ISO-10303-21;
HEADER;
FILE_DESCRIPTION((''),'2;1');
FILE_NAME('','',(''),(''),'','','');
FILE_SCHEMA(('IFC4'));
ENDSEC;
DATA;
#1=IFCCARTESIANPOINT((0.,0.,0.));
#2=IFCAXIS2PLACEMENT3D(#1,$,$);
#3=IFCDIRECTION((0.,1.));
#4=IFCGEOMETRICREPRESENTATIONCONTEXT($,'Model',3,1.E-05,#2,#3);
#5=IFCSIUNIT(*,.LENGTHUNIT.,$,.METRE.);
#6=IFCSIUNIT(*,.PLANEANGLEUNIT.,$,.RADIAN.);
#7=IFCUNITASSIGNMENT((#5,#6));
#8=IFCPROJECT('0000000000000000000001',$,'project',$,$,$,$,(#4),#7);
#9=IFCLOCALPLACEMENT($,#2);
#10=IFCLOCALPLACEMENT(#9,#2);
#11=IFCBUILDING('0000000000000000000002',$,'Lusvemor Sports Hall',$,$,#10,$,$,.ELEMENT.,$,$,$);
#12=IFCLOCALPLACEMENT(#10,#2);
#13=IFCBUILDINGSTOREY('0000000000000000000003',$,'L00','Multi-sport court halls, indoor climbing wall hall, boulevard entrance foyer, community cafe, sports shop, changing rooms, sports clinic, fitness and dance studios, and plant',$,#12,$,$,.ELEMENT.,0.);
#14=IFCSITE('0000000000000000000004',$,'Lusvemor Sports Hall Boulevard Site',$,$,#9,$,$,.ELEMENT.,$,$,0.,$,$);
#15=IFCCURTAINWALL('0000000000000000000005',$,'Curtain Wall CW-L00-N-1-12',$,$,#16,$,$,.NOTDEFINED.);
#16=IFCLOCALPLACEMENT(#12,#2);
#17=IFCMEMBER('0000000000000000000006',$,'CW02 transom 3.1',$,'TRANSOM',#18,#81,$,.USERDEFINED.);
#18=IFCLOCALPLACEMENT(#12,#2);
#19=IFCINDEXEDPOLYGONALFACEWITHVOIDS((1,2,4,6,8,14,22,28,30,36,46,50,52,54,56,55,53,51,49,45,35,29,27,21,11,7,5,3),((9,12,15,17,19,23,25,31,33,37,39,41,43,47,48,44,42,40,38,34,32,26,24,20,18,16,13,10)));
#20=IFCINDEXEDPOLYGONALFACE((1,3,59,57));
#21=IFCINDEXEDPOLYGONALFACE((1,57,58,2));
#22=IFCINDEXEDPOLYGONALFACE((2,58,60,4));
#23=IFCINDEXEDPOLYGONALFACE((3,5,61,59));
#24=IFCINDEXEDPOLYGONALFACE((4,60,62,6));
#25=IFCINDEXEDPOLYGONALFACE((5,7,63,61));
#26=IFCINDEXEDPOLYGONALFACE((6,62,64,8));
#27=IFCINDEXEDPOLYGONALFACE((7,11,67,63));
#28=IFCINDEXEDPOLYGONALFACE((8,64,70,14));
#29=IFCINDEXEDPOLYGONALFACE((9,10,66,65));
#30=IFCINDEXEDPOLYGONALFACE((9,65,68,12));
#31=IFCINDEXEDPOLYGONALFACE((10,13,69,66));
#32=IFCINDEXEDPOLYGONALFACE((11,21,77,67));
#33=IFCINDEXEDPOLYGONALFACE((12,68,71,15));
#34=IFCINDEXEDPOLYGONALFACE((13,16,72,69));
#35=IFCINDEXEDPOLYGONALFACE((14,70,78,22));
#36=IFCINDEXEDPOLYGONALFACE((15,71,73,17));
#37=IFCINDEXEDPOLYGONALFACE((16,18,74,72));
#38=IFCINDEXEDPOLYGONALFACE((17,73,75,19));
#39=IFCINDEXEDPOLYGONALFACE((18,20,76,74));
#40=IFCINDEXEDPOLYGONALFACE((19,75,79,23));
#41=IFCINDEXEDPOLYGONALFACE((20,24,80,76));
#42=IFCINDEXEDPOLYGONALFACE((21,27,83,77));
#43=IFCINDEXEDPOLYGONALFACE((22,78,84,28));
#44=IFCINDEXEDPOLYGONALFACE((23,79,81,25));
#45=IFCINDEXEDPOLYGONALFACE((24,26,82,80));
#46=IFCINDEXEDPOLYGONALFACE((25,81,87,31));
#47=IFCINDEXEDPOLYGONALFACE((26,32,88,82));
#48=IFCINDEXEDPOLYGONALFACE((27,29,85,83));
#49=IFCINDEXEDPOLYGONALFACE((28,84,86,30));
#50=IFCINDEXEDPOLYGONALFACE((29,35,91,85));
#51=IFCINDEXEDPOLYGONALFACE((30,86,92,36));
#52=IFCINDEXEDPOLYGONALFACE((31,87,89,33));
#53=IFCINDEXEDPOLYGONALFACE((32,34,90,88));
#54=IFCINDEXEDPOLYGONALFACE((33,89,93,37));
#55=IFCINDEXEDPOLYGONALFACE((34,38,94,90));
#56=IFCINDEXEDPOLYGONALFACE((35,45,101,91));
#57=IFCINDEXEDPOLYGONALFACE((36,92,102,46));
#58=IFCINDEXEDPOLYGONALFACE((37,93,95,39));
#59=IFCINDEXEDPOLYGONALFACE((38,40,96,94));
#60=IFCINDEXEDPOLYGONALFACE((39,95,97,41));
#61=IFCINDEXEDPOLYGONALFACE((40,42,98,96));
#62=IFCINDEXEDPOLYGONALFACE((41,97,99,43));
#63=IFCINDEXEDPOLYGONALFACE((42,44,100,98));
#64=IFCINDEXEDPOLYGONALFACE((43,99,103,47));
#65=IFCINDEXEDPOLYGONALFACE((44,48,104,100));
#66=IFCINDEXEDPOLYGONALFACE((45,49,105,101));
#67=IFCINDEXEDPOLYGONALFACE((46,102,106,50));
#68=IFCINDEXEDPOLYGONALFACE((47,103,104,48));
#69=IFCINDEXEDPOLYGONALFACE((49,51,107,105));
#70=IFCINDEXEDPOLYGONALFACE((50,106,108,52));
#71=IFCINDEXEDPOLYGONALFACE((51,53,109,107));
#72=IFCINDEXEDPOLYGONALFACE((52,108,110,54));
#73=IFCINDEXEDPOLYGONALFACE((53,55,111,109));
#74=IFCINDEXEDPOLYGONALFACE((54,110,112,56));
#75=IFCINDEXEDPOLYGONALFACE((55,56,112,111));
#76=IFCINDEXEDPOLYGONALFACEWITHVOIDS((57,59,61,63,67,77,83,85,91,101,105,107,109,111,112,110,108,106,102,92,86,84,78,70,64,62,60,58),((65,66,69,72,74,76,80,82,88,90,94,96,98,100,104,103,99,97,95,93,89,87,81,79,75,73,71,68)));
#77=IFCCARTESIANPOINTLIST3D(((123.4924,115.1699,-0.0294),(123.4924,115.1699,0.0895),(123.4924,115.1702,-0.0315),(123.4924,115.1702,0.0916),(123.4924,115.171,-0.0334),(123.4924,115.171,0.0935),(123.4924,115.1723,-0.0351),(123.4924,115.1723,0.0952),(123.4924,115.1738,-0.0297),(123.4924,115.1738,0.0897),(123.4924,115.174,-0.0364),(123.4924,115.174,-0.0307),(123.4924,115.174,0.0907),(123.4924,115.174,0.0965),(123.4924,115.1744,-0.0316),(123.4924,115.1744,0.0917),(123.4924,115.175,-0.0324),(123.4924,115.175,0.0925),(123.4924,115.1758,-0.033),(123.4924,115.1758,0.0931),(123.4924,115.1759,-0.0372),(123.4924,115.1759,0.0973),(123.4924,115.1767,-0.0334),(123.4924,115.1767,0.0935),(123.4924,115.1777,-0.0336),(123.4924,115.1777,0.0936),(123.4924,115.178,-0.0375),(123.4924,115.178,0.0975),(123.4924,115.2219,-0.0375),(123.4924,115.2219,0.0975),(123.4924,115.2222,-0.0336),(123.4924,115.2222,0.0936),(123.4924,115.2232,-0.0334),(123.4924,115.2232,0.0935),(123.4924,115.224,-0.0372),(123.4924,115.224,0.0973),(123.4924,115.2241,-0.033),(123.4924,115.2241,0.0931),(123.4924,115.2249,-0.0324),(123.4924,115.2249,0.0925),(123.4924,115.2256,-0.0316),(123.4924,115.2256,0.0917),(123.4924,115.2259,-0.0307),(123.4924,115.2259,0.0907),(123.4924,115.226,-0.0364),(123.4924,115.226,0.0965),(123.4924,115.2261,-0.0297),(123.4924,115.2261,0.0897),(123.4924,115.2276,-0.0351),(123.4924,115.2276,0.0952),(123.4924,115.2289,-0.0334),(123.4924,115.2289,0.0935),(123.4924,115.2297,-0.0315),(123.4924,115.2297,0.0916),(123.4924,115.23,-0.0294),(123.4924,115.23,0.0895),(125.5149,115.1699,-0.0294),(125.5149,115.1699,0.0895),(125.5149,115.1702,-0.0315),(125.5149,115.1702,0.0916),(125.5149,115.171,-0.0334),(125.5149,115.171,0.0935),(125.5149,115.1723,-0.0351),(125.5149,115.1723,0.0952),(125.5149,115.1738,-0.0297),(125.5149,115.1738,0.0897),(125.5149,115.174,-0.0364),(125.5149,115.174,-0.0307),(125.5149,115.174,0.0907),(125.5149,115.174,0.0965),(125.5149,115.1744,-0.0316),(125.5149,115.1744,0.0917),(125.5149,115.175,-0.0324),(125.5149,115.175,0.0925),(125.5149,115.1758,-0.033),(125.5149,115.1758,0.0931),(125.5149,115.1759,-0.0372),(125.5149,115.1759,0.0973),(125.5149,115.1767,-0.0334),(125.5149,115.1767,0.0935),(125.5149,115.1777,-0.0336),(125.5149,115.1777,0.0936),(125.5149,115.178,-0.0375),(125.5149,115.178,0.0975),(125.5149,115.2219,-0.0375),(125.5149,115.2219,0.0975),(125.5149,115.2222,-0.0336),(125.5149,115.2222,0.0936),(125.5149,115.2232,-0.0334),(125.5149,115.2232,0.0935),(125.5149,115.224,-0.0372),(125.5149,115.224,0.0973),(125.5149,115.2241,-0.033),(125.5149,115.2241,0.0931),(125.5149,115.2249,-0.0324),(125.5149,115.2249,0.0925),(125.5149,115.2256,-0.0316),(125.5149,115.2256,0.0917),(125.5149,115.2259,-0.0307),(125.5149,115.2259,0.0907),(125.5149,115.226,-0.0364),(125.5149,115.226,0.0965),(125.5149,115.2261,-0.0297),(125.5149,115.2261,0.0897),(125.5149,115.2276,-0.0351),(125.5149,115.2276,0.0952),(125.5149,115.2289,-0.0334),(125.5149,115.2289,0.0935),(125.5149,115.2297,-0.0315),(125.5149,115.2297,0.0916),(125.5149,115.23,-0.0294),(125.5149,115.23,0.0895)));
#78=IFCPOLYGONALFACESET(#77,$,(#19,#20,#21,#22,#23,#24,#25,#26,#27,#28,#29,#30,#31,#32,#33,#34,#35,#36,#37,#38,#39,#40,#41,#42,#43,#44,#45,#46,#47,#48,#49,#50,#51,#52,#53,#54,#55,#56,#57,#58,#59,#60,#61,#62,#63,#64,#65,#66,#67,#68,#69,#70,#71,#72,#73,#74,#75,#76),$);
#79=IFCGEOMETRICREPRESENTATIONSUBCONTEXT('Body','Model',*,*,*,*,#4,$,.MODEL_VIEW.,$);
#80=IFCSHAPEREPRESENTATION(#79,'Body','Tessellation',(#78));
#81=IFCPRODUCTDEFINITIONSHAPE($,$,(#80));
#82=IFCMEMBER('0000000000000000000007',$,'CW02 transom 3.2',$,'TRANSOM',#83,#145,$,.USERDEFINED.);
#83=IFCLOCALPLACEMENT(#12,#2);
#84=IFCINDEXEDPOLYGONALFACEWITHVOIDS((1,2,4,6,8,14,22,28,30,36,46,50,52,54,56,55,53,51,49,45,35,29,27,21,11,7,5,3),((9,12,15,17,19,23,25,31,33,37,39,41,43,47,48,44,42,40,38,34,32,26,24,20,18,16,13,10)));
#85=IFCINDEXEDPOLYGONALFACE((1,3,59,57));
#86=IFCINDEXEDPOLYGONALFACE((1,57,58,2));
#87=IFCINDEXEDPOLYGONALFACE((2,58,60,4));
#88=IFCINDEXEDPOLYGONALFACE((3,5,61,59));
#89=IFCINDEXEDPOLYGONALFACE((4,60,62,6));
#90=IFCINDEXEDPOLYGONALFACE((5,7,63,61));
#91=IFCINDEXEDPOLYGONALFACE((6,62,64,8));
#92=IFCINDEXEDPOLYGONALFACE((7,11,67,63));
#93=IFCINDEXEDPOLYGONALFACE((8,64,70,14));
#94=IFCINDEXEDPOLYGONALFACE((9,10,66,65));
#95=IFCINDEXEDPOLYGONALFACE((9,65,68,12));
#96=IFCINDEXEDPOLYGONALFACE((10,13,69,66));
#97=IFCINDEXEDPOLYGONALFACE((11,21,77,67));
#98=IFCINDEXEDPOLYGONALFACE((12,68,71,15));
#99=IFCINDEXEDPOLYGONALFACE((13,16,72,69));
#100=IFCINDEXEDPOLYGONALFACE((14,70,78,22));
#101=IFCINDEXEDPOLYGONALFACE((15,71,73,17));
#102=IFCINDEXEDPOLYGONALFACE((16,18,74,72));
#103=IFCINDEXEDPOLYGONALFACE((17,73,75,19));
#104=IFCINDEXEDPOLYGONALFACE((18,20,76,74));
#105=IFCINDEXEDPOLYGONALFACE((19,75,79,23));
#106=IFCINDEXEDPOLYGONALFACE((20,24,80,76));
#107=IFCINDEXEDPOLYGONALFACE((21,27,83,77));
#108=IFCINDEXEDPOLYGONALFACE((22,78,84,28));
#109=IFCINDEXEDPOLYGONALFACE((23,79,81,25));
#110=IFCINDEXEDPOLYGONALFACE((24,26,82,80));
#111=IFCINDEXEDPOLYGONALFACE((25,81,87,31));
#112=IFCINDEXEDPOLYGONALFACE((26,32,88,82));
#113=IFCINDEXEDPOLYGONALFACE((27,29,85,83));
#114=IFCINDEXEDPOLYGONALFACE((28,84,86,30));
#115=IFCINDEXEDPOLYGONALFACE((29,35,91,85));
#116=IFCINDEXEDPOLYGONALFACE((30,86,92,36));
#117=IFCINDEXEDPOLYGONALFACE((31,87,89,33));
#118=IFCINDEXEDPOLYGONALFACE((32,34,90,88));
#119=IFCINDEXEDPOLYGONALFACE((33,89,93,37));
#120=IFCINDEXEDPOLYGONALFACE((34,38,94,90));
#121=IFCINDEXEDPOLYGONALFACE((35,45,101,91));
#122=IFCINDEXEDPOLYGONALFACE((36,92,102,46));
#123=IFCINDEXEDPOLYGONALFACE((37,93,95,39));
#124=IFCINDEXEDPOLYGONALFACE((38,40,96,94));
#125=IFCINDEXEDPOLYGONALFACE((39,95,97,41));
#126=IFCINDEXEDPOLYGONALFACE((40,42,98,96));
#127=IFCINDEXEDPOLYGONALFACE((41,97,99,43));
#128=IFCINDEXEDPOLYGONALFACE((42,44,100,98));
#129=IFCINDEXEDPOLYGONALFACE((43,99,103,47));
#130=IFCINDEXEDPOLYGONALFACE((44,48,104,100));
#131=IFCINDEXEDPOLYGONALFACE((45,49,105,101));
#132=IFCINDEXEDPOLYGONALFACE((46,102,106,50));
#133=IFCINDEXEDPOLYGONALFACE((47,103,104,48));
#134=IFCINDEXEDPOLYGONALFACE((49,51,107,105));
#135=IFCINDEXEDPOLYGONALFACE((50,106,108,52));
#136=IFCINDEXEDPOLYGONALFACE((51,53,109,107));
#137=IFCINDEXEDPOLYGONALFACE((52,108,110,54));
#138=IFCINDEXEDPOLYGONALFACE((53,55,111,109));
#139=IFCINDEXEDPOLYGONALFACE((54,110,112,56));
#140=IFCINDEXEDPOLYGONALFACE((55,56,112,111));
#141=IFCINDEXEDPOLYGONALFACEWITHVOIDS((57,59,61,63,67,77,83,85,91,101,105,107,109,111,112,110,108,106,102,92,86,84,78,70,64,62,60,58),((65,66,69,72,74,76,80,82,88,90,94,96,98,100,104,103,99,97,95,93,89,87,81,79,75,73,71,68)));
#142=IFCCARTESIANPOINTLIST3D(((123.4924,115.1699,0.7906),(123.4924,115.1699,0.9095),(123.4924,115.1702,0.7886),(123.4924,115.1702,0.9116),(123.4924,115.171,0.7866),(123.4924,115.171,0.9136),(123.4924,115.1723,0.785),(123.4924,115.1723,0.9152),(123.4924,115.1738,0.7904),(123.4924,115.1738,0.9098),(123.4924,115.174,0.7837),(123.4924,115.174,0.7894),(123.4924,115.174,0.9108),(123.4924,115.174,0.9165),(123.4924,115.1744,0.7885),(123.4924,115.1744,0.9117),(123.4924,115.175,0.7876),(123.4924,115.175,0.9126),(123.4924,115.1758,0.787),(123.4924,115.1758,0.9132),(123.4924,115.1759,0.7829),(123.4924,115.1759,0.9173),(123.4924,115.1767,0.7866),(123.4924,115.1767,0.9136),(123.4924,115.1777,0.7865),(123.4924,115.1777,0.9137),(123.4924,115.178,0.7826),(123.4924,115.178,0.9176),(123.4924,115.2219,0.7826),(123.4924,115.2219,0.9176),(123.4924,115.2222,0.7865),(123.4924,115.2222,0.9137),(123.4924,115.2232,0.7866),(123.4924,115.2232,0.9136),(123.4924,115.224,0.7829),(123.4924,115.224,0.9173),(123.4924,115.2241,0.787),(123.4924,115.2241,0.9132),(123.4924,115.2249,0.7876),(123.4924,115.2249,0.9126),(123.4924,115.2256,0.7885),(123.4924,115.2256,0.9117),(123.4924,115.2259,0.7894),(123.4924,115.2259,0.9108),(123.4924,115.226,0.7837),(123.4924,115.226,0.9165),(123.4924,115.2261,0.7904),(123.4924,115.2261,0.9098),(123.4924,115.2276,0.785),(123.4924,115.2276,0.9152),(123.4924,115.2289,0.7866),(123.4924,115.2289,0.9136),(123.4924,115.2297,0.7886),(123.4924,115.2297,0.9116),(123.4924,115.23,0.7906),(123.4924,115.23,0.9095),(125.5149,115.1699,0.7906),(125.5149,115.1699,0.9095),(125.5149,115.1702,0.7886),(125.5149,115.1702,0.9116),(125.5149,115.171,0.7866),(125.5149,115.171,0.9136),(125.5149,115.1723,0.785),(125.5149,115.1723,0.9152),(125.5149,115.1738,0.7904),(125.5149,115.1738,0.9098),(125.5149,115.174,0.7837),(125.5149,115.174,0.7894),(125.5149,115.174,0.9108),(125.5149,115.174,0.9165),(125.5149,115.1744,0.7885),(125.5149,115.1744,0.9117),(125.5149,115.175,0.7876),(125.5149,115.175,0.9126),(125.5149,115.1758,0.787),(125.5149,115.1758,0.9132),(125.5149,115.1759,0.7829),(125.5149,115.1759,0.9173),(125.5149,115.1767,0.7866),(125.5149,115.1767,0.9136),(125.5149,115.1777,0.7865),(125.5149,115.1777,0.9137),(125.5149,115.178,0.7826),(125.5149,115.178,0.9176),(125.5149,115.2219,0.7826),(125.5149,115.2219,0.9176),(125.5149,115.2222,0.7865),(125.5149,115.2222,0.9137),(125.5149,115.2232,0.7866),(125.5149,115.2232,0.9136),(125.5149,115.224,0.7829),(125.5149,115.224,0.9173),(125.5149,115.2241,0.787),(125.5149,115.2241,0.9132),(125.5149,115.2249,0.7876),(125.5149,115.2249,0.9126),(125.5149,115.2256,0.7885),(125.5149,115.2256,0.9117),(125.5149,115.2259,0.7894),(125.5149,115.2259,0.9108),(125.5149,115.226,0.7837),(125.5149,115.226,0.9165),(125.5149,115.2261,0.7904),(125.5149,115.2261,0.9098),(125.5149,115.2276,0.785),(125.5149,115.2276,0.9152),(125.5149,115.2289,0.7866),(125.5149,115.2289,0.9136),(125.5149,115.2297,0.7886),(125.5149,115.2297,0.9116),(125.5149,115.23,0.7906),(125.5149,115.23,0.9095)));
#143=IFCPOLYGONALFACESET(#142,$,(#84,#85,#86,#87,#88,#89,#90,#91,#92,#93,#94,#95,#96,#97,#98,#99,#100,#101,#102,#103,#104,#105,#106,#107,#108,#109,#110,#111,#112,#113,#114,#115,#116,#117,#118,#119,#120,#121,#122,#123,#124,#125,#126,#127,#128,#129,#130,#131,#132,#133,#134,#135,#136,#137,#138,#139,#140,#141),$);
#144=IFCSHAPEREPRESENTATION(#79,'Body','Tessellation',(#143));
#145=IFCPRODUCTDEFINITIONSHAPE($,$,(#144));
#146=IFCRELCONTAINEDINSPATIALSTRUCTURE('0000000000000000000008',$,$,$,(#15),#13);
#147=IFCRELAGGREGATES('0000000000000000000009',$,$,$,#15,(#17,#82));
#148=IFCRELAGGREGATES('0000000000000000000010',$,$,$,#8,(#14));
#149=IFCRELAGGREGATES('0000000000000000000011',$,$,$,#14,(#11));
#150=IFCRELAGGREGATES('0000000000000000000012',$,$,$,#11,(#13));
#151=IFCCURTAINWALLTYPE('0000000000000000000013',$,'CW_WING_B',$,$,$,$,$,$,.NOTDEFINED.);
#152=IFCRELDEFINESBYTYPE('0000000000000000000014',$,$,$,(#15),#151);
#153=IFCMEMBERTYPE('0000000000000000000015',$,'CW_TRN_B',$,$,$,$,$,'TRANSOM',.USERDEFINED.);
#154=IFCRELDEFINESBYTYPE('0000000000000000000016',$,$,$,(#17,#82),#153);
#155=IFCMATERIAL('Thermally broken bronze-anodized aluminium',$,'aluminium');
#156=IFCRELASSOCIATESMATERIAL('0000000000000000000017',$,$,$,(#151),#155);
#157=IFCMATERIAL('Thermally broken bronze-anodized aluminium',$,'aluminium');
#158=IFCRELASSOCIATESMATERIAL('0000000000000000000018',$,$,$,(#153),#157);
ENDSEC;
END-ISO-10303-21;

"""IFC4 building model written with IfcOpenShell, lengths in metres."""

from ifc_helpers import new_model, si_unit, direction, frame, origin, origin_2d, place, context, subcontext, project, spatial, hollow_rectangle, extrude, material, material_profile, profile_set, type_object, element, aggregate, save


model = new_model("IFC4")

# Units and contexts
model_context = context("Model", 3, precision=1e-05, world=origin(), true_north=direction((0.0, 1.0)))
body_context = subcontext(model_context, "Body", "Model", "MODEL_VIEW")
ifc_project = project(units=[si_unit("LENGTHUNIT", "METRE"), si_unit("PLANEANGLEUNIT", "RADIAN")], contexts=[model_context])

# Site, building, storey
site_placement = place(None, origin())
site = spatial("IfcSite", under=ifc_project, at=site_placement, Name="Lusvemor Sports Hall Boulevard Site", CompositionType="ELEMENT", RefElevation=0.0)
building_placement = place(site_placement, origin())
building = spatial("IfcBuilding", under=site, at=building_placement, Name="Lusvemor Sports Hall", CompositionType="ELEMENT")
storey_placement = place(building_placement, origin())
storey = spatial("IfcBuildingStorey", under=building, at=storey_placement, Name="L00", Description="Multi-sport court halls, indoor climbing wall hall, boulevard entrance foyer, community cafe, sports shop, changing rooms, sports clinic, fitness and dance studios, and plant", CompositionType="ELEMENT", Elevation=0.0)

# Curtain wall, members
ifc_material_1 = material(Name="Thermally broken bronze-anodized aluminium", Category="aluminium")
curtain_wall_type = type_object("IfcCurtainWallType", Name="CW_WING_B", PredefinedType="NOTDEFINED", material=ifc_material_1)
curtain_wall_placement = place(storey_placement, origin())
curtain_wall = element("IfcCurtainWall", 1, at=curtain_wall_placement, inside=storey, type_object=curtain_wall_type, Name="Curtain Wall CW-L00-N-1-12", PredefinedType="NOTDEFINED")
ifc_material_2 = material(Name="Thermally broken bronze-anodized aluminium", Category="aluminium")
ifc_material_profile_1 = material_profile(ifc_material_2, hollow_rectangle(XDim=0.0601, YDim=0.135, WallThickness=0.0039, InnerFilletRadius=0.0039, OuterFilletRadius=0.0081, at=origin_2d()), Name="CWTRN135x60x4")
ifc_profile_set_1 = profile_set([ifc_material_profile_1], Name="Thermally broken bronze-anodized aluminium")
member_type_1 = type_object("IfcMemberType", Name="CW_TRN_B", ElementType="TRANSOM", PredefinedType="USERDEFINED", material=ifc_profile_set_1)
member_1_placement = place(storey_placement, frame((123.4924, 115.2, 0.03), z_axis=(1.0, 0.0, 0.0), x_axis=(0.0, 1.0, 0.0)))
member_1 = element("IfcMember", 2, at=member_1_placement, type_object=member_type_1, Name="CW02 transom 3.1", ObjectType="TRANSOM", PredefinedType="USERDEFINED", context=body_context, shape_type="SweptSolid", body=[
    extrude(hollow_rectangle(XDim=0.0601, YDim=0.135, WallThickness=0.0039, InnerFilletRadius=0.0039, OuterFilletRadius=0.0081, at=origin_2d()), origin(), (0.0, 0.0, 1.0), 2.0225),
])
member_2_placement = place(storey_placement, frame((123.4924, 115.2, 0.8501), z_axis=(1.0, 0.0, 0.0), x_axis=(0.0, 1.0, 0.0)))
member_2 = element("IfcMember", 3, at=member_2_placement, type_object=member_type_1, Name="CW02 transom 3.2", ObjectType="TRANSOM", PredefinedType="USERDEFINED", context=body_context, shape_type="SweptSolid", body=[
    extrude(hollow_rectangle(XDim=0.0601, YDim=0.135, WallThickness=0.0039, InnerFilletRadius=0.0039, OuterFilletRadius=0.0081, at=origin_2d()), origin(), (0.0, 0.0, 1.0), 2.0225),
])
aggregate(curtain_wall, [member_1, member_2])

save(model, "model.ifc")
